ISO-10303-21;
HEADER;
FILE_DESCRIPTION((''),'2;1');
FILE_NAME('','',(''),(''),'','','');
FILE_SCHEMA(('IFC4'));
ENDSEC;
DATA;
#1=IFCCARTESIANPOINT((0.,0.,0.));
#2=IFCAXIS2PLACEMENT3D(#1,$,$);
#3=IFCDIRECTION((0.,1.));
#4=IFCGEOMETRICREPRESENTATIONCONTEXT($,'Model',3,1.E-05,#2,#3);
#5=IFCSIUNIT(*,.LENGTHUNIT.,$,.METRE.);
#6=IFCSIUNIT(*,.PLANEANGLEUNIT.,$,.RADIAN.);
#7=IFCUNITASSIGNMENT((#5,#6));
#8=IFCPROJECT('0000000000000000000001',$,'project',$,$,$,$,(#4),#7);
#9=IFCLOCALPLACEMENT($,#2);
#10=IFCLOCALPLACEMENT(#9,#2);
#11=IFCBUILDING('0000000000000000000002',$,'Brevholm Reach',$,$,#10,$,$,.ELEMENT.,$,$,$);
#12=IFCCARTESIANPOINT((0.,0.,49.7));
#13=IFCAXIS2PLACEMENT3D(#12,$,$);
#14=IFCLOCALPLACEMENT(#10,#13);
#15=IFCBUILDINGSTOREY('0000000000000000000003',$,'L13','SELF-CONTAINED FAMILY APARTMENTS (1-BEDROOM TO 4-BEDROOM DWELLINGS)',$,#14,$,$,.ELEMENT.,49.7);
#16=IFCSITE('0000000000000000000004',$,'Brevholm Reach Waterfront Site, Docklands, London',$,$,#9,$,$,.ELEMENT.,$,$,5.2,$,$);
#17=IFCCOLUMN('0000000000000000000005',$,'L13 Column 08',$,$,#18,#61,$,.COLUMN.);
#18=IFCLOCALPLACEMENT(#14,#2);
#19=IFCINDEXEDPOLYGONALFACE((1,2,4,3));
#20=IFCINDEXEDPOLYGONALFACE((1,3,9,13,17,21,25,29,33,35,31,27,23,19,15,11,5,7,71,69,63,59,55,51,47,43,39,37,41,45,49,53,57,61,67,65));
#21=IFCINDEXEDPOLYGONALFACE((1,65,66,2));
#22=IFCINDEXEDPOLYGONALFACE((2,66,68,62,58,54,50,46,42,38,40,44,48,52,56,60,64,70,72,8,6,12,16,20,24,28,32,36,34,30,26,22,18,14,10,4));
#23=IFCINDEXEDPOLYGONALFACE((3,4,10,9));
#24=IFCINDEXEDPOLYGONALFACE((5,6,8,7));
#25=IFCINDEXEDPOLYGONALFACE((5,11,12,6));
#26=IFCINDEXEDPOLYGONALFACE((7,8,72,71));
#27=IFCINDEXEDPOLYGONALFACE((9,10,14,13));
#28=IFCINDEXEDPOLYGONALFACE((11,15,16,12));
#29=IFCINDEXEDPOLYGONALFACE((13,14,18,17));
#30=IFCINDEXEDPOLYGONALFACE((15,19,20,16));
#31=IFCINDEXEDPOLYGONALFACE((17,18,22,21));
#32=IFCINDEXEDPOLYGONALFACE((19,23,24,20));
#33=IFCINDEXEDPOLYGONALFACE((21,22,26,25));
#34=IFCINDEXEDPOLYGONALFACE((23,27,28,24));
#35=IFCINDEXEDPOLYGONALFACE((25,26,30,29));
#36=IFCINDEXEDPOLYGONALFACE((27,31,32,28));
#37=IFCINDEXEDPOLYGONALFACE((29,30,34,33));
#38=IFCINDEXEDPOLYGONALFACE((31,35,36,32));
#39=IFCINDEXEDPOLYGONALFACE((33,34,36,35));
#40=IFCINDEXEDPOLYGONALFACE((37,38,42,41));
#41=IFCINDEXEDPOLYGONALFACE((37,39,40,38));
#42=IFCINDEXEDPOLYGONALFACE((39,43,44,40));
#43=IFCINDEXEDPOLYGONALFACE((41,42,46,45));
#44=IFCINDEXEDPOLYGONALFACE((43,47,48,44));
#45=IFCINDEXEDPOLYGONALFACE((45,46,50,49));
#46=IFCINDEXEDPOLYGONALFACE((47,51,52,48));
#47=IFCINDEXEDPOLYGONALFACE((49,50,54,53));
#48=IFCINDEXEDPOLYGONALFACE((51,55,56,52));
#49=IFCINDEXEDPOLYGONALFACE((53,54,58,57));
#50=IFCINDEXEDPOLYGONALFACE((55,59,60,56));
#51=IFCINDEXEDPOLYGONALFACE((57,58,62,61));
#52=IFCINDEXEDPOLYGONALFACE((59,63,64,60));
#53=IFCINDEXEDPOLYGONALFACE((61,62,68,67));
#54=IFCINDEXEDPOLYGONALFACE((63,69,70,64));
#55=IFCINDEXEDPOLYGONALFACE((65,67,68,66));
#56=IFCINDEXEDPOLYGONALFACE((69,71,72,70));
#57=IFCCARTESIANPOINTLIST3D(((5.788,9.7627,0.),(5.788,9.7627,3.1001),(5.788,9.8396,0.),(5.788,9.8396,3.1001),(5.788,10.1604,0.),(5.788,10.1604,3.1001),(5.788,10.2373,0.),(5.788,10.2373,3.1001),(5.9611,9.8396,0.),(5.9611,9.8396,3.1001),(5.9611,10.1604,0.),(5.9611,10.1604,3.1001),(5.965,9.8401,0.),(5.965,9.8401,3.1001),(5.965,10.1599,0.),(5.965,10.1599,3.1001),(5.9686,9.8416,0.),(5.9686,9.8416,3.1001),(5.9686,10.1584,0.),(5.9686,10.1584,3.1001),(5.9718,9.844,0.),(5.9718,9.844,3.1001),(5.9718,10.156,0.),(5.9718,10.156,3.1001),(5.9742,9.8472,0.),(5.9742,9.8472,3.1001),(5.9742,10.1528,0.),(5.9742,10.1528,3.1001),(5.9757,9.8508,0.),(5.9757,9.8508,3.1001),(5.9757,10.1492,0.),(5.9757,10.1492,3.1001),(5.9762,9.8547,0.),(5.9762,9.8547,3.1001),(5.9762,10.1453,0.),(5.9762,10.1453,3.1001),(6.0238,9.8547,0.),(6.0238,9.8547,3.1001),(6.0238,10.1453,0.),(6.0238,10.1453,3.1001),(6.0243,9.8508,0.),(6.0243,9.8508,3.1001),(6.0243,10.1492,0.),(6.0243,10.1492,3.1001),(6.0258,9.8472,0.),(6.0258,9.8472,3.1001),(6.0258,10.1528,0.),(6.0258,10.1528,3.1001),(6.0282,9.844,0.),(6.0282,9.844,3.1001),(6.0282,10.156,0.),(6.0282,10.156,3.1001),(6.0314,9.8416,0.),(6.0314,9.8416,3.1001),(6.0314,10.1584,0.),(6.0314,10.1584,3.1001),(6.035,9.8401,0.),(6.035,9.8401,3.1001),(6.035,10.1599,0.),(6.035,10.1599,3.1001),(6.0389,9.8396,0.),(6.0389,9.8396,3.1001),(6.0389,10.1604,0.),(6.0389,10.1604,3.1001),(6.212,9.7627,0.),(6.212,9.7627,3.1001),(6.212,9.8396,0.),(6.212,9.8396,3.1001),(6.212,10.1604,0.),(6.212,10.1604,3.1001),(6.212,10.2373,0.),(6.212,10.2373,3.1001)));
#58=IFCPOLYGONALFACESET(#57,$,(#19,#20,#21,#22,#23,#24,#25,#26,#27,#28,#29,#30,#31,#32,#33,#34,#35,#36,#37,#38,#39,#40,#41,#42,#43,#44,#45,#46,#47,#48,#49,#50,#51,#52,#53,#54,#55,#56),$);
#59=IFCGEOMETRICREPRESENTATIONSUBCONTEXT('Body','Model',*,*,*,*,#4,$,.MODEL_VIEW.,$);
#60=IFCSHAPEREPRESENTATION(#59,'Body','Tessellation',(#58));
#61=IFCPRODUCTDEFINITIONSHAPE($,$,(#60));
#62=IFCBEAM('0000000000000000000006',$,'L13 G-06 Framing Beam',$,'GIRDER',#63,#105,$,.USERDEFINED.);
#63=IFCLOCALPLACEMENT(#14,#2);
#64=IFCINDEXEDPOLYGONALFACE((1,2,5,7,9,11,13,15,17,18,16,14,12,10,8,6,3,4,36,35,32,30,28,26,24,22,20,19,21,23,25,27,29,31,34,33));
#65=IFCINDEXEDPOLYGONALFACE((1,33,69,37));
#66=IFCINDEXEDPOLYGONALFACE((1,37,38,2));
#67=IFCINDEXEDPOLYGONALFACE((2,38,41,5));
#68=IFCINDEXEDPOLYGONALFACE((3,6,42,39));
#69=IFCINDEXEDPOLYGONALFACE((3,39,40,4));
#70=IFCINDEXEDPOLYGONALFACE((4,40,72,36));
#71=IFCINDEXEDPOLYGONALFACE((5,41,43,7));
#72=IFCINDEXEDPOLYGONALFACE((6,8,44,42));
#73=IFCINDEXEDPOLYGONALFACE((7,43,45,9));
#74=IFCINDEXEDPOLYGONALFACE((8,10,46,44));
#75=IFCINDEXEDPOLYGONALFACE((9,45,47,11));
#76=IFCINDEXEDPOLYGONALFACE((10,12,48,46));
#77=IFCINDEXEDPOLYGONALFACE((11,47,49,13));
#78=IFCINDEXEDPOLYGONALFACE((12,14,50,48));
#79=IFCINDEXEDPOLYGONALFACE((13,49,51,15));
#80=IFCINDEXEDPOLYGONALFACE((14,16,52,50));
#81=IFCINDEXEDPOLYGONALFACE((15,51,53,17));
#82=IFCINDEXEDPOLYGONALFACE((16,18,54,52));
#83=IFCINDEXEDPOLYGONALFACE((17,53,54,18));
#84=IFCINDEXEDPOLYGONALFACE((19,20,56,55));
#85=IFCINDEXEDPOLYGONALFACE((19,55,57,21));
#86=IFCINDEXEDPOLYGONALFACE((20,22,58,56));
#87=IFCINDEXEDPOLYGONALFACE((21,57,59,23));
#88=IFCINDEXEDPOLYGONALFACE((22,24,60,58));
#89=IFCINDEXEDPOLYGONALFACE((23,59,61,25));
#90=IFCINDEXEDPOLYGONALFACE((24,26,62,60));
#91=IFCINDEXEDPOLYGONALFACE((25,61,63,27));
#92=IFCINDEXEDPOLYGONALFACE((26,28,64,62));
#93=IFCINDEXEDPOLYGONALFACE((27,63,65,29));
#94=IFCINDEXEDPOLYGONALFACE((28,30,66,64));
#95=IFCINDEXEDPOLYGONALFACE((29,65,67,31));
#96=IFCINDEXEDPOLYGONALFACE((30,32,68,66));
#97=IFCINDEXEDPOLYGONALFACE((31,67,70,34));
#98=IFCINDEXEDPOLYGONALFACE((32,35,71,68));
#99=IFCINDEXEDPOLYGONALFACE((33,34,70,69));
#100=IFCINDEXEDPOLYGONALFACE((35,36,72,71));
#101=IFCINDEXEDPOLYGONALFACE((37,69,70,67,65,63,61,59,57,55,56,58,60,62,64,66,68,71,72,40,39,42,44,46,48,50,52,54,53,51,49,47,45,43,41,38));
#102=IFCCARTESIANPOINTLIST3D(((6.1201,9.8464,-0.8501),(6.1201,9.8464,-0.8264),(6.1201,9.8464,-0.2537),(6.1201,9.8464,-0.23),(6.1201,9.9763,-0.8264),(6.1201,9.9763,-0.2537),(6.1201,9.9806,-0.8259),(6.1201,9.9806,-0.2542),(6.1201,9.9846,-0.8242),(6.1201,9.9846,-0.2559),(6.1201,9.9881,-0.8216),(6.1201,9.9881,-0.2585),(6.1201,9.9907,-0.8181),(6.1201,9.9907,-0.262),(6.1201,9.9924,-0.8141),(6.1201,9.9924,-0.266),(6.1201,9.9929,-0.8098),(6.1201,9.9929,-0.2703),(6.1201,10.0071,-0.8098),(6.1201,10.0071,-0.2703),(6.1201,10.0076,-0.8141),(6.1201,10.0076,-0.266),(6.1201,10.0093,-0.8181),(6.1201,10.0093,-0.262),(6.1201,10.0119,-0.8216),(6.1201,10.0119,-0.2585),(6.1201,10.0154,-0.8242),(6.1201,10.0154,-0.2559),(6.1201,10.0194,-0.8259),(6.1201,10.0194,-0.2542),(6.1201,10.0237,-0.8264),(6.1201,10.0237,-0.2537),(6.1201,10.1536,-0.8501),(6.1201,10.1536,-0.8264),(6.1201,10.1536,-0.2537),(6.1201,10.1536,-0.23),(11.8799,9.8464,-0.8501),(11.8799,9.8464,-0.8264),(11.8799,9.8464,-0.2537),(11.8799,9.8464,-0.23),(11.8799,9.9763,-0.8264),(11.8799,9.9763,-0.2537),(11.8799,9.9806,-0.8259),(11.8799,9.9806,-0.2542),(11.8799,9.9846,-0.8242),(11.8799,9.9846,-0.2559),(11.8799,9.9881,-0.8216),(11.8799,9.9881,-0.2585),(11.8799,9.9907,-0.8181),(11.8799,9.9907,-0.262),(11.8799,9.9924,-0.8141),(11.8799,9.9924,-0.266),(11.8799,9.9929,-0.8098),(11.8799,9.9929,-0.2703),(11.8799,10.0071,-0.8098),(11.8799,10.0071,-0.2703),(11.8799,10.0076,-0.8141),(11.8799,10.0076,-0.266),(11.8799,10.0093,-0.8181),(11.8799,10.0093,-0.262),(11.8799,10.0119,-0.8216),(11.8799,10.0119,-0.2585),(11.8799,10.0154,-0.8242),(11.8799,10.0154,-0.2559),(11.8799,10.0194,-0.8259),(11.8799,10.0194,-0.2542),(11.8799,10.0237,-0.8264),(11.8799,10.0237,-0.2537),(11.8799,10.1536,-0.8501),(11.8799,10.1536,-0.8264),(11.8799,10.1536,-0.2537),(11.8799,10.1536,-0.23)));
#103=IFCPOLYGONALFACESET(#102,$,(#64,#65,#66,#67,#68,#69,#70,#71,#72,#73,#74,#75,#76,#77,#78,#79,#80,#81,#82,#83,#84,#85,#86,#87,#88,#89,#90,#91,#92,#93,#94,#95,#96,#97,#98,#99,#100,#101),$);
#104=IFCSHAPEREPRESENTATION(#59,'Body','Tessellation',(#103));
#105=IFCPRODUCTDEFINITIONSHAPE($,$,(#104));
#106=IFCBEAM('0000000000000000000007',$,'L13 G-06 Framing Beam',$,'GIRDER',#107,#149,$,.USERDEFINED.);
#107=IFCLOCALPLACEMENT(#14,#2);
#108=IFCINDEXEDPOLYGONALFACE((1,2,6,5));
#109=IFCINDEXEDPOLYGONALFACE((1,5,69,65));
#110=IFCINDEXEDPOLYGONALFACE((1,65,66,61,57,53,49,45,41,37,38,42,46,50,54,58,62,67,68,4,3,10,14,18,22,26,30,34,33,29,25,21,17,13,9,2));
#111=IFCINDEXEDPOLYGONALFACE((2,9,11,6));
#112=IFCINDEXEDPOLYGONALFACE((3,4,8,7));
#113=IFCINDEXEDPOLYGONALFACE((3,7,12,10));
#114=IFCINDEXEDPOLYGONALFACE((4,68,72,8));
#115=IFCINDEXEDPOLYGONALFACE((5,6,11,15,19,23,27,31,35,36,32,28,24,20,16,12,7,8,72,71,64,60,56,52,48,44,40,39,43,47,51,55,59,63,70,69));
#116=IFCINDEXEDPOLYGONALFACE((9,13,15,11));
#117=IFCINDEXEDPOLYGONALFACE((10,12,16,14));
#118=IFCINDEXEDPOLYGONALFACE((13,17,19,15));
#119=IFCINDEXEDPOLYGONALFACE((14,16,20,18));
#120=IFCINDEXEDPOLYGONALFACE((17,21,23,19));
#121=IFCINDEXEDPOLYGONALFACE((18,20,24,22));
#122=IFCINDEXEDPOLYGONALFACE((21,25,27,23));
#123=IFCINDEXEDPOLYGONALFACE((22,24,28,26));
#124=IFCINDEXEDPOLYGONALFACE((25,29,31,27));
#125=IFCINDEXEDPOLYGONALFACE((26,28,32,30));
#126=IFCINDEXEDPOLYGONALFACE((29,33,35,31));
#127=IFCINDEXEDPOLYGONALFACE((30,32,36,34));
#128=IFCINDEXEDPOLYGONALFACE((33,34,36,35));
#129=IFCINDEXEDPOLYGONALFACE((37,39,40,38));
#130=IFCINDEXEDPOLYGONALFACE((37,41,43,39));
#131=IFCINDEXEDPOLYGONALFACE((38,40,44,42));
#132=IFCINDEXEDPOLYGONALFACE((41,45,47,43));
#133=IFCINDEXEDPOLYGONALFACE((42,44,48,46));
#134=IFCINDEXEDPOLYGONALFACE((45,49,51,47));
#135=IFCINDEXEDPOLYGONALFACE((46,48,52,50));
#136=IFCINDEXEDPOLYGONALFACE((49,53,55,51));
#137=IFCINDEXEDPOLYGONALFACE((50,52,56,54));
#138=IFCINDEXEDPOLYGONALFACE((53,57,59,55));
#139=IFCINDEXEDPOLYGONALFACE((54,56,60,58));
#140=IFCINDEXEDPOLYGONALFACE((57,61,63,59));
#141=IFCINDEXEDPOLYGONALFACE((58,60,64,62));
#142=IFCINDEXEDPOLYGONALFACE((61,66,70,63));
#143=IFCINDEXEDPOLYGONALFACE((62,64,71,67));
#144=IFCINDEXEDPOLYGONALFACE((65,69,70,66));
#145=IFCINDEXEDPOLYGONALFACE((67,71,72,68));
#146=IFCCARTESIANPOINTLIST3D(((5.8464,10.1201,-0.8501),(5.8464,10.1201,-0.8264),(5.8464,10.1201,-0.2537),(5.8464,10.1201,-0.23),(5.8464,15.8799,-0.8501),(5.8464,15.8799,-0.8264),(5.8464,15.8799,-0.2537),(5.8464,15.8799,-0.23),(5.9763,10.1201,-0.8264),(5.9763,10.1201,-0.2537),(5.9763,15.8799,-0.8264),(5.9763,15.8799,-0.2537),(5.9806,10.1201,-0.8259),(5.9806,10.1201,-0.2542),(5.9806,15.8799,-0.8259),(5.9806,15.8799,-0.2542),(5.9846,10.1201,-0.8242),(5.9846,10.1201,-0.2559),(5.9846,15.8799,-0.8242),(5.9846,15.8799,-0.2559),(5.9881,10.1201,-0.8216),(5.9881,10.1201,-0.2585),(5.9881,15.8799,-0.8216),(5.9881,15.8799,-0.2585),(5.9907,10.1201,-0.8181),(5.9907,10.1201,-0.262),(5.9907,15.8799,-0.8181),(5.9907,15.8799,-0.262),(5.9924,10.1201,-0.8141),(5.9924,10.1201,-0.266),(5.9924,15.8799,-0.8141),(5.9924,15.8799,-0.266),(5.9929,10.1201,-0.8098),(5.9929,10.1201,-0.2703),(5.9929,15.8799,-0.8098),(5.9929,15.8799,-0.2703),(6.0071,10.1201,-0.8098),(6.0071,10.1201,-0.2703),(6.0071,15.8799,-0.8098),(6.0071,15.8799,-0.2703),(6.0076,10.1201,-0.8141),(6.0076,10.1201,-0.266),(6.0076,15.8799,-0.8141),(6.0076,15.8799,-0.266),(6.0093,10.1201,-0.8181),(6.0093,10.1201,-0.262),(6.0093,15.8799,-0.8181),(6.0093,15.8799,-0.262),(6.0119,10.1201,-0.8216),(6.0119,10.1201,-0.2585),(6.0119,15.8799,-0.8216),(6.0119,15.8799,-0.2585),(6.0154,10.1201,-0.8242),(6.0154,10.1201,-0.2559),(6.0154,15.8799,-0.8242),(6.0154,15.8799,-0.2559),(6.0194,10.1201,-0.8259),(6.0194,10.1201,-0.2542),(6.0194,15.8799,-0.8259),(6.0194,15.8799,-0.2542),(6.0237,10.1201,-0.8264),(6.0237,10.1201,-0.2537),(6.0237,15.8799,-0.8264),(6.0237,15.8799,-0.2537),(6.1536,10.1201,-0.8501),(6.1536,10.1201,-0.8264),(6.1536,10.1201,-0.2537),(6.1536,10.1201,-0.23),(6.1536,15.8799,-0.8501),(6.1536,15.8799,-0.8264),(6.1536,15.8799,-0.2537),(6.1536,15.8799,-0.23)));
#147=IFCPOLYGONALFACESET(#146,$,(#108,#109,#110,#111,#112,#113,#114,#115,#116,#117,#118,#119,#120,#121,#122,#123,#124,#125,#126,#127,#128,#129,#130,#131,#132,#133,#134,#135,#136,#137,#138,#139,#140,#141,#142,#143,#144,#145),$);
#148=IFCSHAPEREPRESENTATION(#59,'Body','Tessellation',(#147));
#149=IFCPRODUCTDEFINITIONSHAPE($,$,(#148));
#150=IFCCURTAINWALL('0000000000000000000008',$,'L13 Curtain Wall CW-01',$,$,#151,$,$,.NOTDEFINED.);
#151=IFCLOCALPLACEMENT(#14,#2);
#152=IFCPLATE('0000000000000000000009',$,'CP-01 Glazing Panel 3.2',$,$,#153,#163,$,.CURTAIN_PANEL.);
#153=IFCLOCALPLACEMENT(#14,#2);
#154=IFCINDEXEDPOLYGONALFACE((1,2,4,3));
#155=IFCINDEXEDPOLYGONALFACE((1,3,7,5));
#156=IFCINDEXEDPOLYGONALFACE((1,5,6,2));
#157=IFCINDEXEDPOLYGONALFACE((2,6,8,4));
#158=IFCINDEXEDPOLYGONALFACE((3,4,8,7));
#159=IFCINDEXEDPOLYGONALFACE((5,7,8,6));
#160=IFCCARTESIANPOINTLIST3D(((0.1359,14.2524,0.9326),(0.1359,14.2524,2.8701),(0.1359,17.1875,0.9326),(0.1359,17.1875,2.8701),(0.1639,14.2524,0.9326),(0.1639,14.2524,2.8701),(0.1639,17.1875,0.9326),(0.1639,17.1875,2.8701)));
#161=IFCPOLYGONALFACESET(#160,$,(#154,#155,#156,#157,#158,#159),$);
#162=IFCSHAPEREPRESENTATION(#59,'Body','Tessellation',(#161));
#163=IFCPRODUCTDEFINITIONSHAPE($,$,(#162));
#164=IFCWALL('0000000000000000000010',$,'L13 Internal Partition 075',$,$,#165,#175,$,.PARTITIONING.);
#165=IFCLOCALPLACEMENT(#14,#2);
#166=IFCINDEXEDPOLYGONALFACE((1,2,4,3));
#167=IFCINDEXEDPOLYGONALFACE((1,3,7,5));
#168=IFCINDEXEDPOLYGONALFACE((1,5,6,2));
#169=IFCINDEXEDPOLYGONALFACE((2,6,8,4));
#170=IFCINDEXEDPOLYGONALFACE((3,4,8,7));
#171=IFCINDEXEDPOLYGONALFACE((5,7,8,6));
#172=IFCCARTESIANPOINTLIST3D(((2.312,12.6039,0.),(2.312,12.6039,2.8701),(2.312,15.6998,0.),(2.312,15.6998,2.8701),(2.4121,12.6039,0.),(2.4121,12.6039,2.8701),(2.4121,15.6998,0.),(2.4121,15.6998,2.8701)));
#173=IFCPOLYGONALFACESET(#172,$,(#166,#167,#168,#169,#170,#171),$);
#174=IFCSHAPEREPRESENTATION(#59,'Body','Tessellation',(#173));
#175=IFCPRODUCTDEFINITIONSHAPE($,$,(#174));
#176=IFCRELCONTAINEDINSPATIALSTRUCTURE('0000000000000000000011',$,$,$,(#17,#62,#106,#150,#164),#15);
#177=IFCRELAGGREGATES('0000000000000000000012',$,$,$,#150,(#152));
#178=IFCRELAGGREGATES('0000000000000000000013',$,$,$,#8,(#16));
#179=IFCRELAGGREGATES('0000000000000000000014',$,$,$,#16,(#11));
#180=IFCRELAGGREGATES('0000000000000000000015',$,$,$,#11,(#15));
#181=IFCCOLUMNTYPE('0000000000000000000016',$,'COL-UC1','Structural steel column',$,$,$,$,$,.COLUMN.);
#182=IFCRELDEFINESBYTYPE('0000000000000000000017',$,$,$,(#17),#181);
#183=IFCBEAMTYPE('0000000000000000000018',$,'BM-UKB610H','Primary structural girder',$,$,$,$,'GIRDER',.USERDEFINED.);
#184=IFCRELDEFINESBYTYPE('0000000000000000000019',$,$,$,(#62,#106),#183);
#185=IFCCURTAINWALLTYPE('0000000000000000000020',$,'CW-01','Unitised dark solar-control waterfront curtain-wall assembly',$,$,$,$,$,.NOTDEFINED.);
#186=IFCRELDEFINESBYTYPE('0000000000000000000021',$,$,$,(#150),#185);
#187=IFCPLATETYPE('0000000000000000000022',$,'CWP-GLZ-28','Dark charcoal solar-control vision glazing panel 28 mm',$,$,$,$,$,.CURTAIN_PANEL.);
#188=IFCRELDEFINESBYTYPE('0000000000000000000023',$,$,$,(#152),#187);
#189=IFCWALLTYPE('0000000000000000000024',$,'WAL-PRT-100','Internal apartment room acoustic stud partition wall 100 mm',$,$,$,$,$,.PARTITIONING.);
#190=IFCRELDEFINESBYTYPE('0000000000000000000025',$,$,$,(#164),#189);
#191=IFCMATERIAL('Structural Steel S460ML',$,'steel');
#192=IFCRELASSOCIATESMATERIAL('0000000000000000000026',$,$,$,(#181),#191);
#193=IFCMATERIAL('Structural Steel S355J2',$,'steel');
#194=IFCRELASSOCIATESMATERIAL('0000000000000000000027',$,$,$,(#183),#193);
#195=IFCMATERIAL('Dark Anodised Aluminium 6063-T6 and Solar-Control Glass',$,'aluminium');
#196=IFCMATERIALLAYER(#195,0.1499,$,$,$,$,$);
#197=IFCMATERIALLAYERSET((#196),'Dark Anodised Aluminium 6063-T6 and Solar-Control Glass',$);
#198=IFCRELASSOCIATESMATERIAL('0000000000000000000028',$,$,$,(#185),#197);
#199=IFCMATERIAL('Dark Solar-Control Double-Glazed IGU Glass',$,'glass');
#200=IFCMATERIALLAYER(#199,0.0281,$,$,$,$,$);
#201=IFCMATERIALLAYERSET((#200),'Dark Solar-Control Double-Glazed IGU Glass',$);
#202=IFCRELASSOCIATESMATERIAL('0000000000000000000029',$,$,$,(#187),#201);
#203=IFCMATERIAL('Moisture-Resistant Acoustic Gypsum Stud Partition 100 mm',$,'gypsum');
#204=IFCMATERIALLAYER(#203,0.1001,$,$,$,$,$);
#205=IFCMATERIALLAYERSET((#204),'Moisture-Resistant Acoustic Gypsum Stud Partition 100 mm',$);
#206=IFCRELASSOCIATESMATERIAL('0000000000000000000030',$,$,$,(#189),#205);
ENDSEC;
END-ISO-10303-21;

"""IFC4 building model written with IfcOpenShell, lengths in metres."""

from ifc_helpers import new_model, si_unit, direction, frame, frame_2d, origin, origin_2d, place, context, subcontext, project, spatial, rectangle, i_section, extrude, material, layer, layer_set, material_profile, profile_set, type_object, element, aggregate, save


model = new_model("IFC4")

# Units and contexts
model_context = context("Model", 3, precision=1e-05, world=origin(), true_north=direction((0.0, 1.0)))
body_context = subcontext(model_context, "Body", "Model", "MODEL_VIEW")
ifc_project = project(units=[si_unit("LENGTHUNIT", "METRE"), si_unit("PLANEANGLEUNIT", "RADIAN")], contexts=[model_context])

# Site, building, storey
site_placement = place(None, origin())
site = spatial("IfcSite", under=ifc_project, at=site_placement, Name="Brevholm Reach Waterfront Site, Docklands, London", CompositionType="ELEMENT", RefElevation=5.2)
building_placement = place(site_placement, origin())
building = spatial("IfcBuilding", under=site, at=building_placement, Name="Brevholm Reach", CompositionType="ELEMENT")
storey_placement = place(building_placement, frame((0.0, 0.0, 49.7)))
storey = spatial("IfcBuildingStorey", under=building, at=storey_placement, Name="L13", Description="SELF-CONTAINED FAMILY APARTMENTS (1-BEDROOM TO 4-BEDROOM DWELLINGS)", CompositionType="ELEMENT", Elevation=49.7)

# Column
ifc_material_1 = material(Name="Structural Steel S460ML", Category="steel")
ifc_material_profile_1 = material_profile(ifc_material_1, i_section(OverallWidth=0.4241, OverallDepth=0.4746, WebThickness=0.0476, FlangeThickness=0.0769, FilletRadius=0.0151, at=origin_2d()), Name="UKC 356x406x634")
ifc_profile_set_1 = profile_set([ifc_material_profile_1], Name="Structural Steel S460ML")
column_type = type_object("IfcColumnType", Name="COL-UC1", Description="Structural steel column", PredefinedType="COLUMN", material=ifc_profile_set_1)
column_placement = place(storey_placement, frame((6.0, 10.0, 0.0), z_axis=(0.0, 0.0, 1.0), x_axis=(1.0, 0.0, 0.0)))
element("IfcColumn", 1, at=column_placement, inside=storey, type_object=column_type, Name="L13 Column 08", PredefinedType="COLUMN", context=body_context, shape_type="SweptSolid", body=[
    extrude(i_section(OverallWidth=0.4241, OverallDepth=0.4746, WebThickness=0.0476, FlangeThickness=0.0769, FilletRadius=0.0151, at=origin_2d()), origin(), (0.0, 0.0, 1.0), 3.1001),
])

# Beams
ifc_material_2 = material(Name="Structural Steel S355J2", Category="steel")
ifc_material_profile_2 = material_profile(ifc_material_2, i_section(OverallWidth=0.3071, OverallDepth=0.6201, WebThickness=0.0142, FlangeThickness=0.0237, FilletRadius=0.0166, at=origin_2d()), Name="UKB 610x305x179")
ifc_profile_set_2 = profile_set([ifc_material_profile_2], Name="Structural Steel S355J2")
beam_type = type_object("IfcBeamType", Name="BM-UKB610H", Description="Primary structural girder", ElementType="GIRDER", PredefinedType="USERDEFINED", material=ifc_profile_set_2)
for number, where, z_axis, x_axis, name in (
    (2, (6.1201, 10.0, -0.54), (1.0, 0.0, 0.0), (0.0, 1.0, 0.0), "L13 G-06 Framing Beam"),
    (3, (6.0, 10.1201, -0.54), (0.0, 1.0, 0.0), (-1.0, 0.0, 0.0), "L13 G-06 Framing Beam"),
):
    element("IfcBeam", number, at=place(storey_placement, frame(where, z_axis=z_axis, x_axis=x_axis)), inside=storey, type_object=beam_type, Name=name, ObjectType="GIRDER", PredefinedType="USERDEFINED", context=body_context, shape_type="SweptSolid", body=[
        extrude(i_section(OverallWidth=0.3071, OverallDepth=0.6201, WebThickness=0.0142, FlangeThickness=0.0237, FilletRadius=0.0166, at=origin_2d()), origin(), (0.0, 0.0, 1.0), 5.7598),
    ])

# Curtain wall, plate
ifc_material_3 = material(Name="Dark Anodised Aluminium 6063-T6 and Solar-Control Glass", Category="aluminium")
ifc_layer_1 = layer(ifc_material_3, 0.1499)
ifc_layer_set_1 = layer_set([ifc_layer_1], Name="Dark Anodised Aluminium 6063-T6 and Solar-Control Glass")
curtain_wall_type = type_object("IfcCurtainWallType", Name="CW-01", Description="Unitised dark solar-control waterfront curtain-wall assembly", PredefinedType="NOTDEFINED", material=ifc_layer_set_1)
curtain_wall_placement = place(storey_placement, origin())
curtain_wall = element("IfcCurtainWall", 4, at=curtain_wall_placement, inside=storey, type_object=curtain_wall_type, Name="L13 Curtain Wall CW-01", PredefinedType="NOTDEFINED")
ifc_material_4 = material(Name="Dark Solar-Control Double-Glazed IGU Glass", Category="glass")
ifc_layer_2 = layer(ifc_material_4, 0.0281)
ifc_layer_set_2 = layer_set([ifc_layer_2], Name="Dark Solar-Control Double-Glazed IGU Glass")
plate_type = type_object("IfcPlateType", Name="CWP-GLZ-28", Description="Dark charcoal solar-control vision glazing panel 28 mm", PredefinedType="CURTAIN_PANEL", material=ifc_layer_set_2)
plate_placement = place(storey_placement, frame((0.1499, 15.72, 0.9326), z_axis=(0.0, 0.0, 1.0), x_axis=(0.0, -1.0, 0.0)))
plate = element("IfcPlate", 5, at=plate_placement, type_object=plate_type, Name="CP-01 Glazing Panel 3.2", PredefinedType="CURTAIN_PANEL", context=body_context, shape_type="SweptSolid", body=[
    extrude(rectangle(XDim=2.9351, YDim=0.0281, at=origin_2d()), origin(), (0.0, 0.0, 1.0), 1.9375),
])
aggregate(curtain_wall, [plate])

# Wall
ifc_material_5 = material(Name="Moisture-Resistant Acoustic Gypsum Stud Partition 100 mm", Category="gypsum")
ifc_layer_3 = layer(ifc_material_5, 0.1001)
ifc_layer_set_3 = layer_set([ifc_layer_3], Name="Moisture-Resistant Acoustic Gypsum Stud Partition 100 mm")
wall_type_1 = type_object("IfcWallType", Name="WAL-PRT-100", Description="Internal apartment room acoustic stud partition wall 100 mm", PredefinedType="PARTITIONING", material=ifc_layer_set_3)
wall_1_placement = place(storey_placement, frame((2.3621, 12.604, 0.0), z_axis=(0.0, 0.0, 1.0), x_axis=(0.0, 1.0, 0.0)))
element("IfcWall", 6, at=wall_1_placement, inside=storey, type_object=wall_type_1, Name="L13 Internal Partition 075", PredefinedType="PARTITIONING", context=body_context, shape_type="SweptSolid", body=[
    extrude(rectangle(XDim=3.0959, YDim=0.1001, at=frame_2d((1.5479, 0.0))), origin(), (0.0, 0.0, 1.0), 2.8701),
])

save(model, "model.ifc")
